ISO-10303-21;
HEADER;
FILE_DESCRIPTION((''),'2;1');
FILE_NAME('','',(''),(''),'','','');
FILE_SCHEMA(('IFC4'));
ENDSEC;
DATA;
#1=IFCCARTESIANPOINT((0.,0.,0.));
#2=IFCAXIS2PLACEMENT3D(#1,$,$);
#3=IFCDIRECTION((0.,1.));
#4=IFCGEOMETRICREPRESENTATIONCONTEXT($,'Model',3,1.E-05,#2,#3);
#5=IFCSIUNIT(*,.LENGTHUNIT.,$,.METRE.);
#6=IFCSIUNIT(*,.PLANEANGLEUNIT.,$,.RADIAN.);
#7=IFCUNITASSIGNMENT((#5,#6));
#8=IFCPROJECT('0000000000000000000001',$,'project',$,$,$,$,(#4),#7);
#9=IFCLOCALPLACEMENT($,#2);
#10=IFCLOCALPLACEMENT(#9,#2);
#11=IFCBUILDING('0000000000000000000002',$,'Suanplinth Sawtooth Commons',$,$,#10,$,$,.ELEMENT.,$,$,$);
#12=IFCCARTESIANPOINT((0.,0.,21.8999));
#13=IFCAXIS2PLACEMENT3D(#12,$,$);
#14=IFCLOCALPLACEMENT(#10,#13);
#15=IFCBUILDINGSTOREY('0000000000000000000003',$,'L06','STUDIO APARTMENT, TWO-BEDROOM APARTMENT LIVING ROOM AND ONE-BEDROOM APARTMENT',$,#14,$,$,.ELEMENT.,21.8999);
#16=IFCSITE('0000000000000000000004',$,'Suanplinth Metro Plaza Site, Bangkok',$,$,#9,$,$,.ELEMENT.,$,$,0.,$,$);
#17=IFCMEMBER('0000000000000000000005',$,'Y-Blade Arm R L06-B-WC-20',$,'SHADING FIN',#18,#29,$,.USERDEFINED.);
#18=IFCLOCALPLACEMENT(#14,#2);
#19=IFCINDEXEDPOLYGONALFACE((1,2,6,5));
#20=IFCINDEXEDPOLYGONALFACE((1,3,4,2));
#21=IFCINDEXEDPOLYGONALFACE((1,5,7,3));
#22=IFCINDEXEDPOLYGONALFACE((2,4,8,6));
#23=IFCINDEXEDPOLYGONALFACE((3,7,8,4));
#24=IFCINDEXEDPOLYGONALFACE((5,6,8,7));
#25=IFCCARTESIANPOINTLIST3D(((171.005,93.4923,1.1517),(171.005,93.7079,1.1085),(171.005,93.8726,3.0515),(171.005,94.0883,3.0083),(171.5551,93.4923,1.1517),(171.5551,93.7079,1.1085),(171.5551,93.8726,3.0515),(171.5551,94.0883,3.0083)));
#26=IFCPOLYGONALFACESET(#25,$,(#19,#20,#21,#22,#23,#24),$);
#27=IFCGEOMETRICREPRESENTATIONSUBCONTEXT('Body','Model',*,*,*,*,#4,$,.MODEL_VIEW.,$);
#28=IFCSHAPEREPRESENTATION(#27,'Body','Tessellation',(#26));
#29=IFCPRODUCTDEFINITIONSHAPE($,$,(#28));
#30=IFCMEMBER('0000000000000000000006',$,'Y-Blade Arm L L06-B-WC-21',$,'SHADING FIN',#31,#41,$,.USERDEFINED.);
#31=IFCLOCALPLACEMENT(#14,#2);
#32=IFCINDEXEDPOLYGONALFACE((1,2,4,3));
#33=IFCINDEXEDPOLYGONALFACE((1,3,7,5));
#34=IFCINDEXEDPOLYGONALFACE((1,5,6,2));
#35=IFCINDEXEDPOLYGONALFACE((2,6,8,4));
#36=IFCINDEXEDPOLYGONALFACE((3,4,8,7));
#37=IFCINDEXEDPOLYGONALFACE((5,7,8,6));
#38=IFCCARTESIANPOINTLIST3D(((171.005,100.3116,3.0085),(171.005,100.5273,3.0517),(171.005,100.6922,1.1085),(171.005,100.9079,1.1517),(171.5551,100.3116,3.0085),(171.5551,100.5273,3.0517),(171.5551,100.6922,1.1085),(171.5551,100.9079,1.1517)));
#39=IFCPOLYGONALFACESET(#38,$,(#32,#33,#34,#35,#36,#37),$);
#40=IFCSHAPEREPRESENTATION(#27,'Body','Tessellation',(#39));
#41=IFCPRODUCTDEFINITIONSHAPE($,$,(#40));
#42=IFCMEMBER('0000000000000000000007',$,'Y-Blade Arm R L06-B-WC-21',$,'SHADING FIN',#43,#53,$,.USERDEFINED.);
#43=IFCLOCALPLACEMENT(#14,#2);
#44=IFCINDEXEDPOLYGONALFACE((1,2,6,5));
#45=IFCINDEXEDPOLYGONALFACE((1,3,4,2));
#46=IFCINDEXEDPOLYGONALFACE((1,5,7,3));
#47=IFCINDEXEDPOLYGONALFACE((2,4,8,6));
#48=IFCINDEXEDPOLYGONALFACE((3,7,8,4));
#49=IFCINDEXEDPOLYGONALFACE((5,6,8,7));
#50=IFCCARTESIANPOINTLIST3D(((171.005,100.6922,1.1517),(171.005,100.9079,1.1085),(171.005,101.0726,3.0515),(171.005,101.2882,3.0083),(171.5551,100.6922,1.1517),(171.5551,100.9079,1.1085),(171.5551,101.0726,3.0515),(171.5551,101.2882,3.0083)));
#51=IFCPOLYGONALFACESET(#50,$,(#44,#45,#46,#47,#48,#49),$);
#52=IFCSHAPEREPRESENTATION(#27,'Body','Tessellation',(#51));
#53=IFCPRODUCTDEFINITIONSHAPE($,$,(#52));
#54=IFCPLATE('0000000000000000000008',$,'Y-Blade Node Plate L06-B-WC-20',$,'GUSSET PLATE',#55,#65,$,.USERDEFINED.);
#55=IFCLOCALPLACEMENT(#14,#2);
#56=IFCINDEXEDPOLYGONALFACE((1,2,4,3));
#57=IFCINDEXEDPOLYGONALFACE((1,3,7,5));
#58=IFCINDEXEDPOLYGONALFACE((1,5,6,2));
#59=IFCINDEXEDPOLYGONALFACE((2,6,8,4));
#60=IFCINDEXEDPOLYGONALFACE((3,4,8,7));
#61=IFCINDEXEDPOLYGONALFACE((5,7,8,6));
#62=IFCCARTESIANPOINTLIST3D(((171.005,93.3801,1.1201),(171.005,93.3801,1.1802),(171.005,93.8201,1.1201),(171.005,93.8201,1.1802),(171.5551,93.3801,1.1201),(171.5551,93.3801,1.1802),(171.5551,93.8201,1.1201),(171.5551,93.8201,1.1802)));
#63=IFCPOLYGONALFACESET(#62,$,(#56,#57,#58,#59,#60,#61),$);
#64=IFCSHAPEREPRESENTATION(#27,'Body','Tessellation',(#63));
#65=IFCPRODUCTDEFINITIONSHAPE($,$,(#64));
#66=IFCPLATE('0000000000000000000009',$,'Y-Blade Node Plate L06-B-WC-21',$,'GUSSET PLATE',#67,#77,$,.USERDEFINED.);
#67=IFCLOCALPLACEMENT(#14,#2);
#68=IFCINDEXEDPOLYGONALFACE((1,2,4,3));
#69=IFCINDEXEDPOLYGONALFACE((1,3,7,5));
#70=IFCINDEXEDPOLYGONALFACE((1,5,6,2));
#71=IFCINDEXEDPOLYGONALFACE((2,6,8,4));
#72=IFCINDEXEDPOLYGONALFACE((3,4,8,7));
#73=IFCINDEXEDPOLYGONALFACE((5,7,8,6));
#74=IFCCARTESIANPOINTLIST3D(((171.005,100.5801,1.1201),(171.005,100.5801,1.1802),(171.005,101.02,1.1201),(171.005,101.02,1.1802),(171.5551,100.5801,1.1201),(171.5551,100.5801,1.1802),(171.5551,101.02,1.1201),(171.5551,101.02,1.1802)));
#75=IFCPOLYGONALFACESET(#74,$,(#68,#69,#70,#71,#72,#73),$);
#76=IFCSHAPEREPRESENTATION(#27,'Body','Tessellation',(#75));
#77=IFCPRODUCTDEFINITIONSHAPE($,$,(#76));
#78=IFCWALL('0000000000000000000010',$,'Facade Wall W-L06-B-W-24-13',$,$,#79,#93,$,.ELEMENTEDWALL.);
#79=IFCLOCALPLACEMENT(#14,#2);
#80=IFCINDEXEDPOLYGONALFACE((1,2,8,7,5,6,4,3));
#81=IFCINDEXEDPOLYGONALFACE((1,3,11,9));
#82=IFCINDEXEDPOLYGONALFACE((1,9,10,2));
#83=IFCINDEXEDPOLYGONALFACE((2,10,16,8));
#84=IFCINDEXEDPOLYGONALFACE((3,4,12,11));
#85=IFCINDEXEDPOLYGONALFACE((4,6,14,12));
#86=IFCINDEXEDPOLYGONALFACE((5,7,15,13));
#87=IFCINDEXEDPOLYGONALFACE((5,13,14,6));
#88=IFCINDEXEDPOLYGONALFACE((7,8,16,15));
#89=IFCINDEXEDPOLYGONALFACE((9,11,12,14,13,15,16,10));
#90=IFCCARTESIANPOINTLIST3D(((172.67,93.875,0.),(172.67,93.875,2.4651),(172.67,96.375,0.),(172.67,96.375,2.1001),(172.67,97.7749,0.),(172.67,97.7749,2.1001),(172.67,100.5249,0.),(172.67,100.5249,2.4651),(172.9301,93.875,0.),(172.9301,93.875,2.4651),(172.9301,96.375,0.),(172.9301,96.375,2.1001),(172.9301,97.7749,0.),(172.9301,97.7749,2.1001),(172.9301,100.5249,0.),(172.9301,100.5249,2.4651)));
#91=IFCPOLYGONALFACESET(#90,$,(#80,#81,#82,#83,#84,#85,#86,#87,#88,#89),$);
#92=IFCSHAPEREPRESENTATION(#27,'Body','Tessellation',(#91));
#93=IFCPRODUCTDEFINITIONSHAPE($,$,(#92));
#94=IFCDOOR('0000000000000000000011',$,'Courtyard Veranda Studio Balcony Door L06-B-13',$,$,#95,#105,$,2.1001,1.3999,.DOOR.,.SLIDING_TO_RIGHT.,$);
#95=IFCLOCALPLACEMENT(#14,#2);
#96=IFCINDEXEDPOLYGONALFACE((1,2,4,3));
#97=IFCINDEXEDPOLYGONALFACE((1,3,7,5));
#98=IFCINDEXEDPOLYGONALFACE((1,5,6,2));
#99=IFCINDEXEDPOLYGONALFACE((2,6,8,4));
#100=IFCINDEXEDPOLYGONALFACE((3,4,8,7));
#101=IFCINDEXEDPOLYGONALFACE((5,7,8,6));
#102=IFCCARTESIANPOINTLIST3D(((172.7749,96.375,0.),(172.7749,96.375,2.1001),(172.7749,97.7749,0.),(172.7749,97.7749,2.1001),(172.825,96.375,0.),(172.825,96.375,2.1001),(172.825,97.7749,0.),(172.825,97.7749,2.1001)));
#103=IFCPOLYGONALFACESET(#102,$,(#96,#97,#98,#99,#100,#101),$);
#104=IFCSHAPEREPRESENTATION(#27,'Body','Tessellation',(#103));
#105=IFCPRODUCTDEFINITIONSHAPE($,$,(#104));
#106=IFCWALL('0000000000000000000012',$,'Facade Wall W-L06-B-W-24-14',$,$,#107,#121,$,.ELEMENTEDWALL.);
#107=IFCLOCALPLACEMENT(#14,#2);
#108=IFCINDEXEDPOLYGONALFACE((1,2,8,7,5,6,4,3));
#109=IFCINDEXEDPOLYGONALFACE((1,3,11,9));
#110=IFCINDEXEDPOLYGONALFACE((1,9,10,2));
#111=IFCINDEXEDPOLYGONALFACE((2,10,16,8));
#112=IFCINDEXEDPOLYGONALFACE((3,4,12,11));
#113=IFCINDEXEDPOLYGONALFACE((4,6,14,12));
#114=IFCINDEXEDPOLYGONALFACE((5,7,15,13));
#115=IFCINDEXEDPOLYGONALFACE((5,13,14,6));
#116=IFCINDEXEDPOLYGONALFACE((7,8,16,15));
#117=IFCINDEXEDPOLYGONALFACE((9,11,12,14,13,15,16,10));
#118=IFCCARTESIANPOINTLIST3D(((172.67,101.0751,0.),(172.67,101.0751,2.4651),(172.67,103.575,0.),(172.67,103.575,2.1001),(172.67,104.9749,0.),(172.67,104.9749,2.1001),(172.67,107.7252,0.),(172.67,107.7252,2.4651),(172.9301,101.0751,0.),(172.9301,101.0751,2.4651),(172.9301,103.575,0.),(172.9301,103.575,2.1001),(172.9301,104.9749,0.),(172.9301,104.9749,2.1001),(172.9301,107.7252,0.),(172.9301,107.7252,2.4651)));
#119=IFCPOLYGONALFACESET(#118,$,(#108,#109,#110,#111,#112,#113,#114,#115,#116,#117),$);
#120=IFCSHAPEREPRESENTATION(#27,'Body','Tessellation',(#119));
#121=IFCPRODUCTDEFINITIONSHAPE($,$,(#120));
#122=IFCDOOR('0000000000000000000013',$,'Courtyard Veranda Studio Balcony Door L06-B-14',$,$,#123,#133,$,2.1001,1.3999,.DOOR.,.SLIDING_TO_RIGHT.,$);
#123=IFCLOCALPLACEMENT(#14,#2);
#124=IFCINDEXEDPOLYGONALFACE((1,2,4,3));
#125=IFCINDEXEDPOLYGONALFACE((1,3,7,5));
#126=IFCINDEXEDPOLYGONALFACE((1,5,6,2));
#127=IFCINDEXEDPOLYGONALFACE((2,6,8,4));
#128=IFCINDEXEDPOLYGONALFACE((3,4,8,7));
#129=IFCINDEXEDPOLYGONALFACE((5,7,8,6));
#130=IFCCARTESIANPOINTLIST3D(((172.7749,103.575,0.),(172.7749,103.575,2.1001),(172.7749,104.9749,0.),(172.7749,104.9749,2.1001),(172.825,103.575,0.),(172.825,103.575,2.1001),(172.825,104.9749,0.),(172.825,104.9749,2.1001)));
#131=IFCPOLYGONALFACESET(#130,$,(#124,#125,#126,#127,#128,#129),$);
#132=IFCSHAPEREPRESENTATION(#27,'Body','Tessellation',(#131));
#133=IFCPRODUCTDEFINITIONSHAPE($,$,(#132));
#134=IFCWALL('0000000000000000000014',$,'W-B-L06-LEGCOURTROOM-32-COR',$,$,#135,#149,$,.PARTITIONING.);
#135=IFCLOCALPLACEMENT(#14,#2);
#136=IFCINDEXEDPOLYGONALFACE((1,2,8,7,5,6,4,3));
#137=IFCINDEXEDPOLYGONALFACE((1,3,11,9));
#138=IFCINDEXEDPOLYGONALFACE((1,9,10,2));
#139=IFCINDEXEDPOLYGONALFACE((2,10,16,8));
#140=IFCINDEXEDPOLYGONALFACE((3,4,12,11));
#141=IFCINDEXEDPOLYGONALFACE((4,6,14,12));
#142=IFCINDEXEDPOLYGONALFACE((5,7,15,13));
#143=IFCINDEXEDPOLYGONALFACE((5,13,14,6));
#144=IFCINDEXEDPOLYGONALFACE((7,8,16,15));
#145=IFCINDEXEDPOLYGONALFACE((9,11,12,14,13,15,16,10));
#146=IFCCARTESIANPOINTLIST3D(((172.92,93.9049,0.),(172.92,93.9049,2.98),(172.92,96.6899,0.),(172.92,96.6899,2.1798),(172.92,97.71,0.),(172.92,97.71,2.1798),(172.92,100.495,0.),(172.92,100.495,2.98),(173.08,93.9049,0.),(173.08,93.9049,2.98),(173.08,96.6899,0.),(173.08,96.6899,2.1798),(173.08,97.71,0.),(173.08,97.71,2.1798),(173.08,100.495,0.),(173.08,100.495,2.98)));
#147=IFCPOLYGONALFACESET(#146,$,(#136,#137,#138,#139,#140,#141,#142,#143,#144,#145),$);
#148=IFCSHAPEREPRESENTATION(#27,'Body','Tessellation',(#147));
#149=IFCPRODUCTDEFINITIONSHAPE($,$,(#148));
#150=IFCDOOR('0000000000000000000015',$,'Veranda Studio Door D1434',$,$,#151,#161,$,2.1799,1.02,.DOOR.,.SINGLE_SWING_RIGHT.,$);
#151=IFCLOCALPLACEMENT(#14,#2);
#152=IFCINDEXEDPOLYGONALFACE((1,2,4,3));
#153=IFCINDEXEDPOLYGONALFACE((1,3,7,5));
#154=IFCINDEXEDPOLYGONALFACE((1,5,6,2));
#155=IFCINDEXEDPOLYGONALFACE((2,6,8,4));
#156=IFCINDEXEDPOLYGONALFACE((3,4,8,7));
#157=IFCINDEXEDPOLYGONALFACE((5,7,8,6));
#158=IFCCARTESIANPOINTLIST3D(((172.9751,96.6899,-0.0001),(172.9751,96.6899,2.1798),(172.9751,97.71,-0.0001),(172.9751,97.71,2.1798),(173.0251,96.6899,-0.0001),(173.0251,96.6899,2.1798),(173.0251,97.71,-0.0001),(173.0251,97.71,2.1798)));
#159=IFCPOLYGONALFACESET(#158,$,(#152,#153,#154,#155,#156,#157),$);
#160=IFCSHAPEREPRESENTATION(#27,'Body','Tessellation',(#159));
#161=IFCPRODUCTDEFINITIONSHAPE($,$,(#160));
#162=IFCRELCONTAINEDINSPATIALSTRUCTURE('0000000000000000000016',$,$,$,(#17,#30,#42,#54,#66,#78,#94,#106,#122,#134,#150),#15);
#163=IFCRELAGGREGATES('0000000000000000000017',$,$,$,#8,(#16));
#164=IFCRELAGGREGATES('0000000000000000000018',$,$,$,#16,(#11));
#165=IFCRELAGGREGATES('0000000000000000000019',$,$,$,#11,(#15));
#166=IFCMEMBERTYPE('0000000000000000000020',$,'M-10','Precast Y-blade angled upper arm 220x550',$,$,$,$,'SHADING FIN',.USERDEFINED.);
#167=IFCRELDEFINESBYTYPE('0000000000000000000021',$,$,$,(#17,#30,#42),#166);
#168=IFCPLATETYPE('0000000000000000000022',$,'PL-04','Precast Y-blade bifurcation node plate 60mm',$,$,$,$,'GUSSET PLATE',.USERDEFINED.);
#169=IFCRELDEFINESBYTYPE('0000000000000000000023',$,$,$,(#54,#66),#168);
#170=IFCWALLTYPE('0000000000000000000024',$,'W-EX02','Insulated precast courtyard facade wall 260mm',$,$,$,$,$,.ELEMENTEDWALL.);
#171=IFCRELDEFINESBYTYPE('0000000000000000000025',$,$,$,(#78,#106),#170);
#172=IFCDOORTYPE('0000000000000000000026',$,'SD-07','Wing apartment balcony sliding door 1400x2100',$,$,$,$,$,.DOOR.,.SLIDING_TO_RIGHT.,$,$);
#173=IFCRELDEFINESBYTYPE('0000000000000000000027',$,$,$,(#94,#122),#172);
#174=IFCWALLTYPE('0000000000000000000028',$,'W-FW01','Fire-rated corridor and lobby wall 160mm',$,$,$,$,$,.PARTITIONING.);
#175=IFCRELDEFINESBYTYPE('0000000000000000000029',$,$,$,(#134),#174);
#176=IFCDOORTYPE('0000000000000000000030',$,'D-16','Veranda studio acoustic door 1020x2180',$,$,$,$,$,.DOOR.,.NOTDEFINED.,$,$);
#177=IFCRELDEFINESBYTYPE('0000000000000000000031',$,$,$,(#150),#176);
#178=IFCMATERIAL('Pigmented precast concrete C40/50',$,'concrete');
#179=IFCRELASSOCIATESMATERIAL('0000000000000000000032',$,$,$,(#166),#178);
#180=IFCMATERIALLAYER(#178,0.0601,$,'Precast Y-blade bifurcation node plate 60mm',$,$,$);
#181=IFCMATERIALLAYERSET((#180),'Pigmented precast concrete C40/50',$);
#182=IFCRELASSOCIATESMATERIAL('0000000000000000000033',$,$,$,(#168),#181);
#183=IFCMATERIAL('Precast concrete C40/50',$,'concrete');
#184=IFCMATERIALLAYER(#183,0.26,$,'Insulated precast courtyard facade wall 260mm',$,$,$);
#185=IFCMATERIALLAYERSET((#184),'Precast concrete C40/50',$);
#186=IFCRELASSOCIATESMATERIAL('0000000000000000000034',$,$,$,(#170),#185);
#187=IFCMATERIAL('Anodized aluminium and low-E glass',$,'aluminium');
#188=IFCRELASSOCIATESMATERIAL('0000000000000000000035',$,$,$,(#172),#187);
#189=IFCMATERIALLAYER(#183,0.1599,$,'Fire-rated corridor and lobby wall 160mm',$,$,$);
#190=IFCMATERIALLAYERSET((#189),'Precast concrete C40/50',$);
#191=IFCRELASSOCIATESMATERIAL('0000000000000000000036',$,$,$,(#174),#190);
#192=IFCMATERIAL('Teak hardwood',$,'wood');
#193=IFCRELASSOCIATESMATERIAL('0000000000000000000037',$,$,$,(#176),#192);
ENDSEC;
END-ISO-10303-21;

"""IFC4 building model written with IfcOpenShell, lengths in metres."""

from ifc_helpers import new_model, si_unit, direction, frame, frame_2d, origin, origin_2d, place, context, subcontext, project, spatial, rectangle, extrude, material, layer, layer_set, material_profile, profile_set, type_object, element, fill, save


model = new_model("IFC4")

# Units and contexts
model_context = context("Model", 3, precision=1e-05, world=origin(), true_north=direction((0.0, 1.0)))
body_context = subcontext(model_context, "Body", "Model", "MODEL_VIEW")
ifc_project = project(units=[si_unit("LENGTHUNIT", "METRE"), si_unit("PLANEANGLEUNIT", "RADIAN")], contexts=[model_context])

# Site, building, storey
site_placement = place(None, origin())
site = spatial("IfcSite", under=ifc_project, at=site_placement, Name="Suanplinth Metro Plaza Site, Bangkok", CompositionType="ELEMENT", RefElevation=0.0)
building_placement = place(site_placement, origin())
building = spatial("IfcBuilding", under=site, at=building_placement, Name="Suanplinth Sawtooth Commons", CompositionType="ELEMENT")
storey_placement = place(building_placement, frame((0.0, 0.0, 21.8999)))
storey = spatial("IfcBuildingStorey", under=building, at=storey_placement, Name="L06", Description="STUDIO APARTMENT, TWO-BEDROOM APARTMENT LIVING ROOM AND ONE-BEDROOM APARTMENT", CompositionType="ELEMENT", Elevation=21.8999)

# Shared definitions
ifc_material_1 = material(Name="Precast concrete C40/50", Category="concrete")

# Members
ifc_material_2 = material(Name="Pigmented precast concrete C40/50", Category="concrete")
ifc_material_profile_1 = material_profile(ifc_material_2, rectangle(XDim=0.22, YDim=0.55, at=origin_2d()), Name="PC-FIN 220x550")
ifc_profile_set_1 = profile_set([ifc_material_profile_1], Name="Pigmented precast concrete C40/50")
member_type_1 = type_object("IfcMemberType", Name="M-10", Description="Precast Y-blade angled upper arm 220x550", ElementType="SHADING FIN", PredefinedType="USERDEFINED", material=ifc_profile_set_1)
member_1_placement = place(storey_placement, frame((171.28, 93.6001, 1.1301), z_axis=(0.0, 0.19631, 0.980542), x_axis=(0.0, -0.980542, 0.19631)))
element("IfcMember", 1, at=member_1_placement, inside=storey, type_object=member_type_1, Name="Y-Blade Arm R L06-B-WC-20", ObjectType="SHADING FIN", PredefinedType="USERDEFINED", context=body_context, shape_type="SweptSolid", body=[
    extrude(rectangle(XDim=0.22, YDim=0.55, at=origin_2d()), origin(), (0.0, 0.0, 1.0), 1.9375),
])
member_2_placement = place(storey_placement, frame((171.28, 100.8, 1.1301), z_axis=(0.0, -0.196431, 0.980518), x_axis=(0.0, 0.980518, 0.196431)))
element("IfcMember", 2, at=member_2_placement, inside=storey, type_object=member_type_1, Name="Y-Blade Arm L L06-B-WC-21", ObjectType="SHADING FIN", PredefinedType="USERDEFINED", context=body_context, shape_type="SweptSolid", body=[
    extrude(rectangle(XDim=0.22, YDim=0.55, at=origin_2d()), origin(), (0.0, 0.0, 1.0), 1.9377),
])
member_3_placement = place(storey_placement, frame((171.28, 100.8, 1.1301), z_axis=(0.0, 0.19631, 0.980542), x_axis=(0.0, -0.980542, 0.19631)))
element("IfcMember", 3, at=member_3_placement, inside=storey, type_object=member_type_1, Name="Y-Blade Arm R L06-B-WC-21", ObjectType="SHADING FIN", PredefinedType="USERDEFINED", context=body_context, shape_type="SweptSolid", body=[
    extrude(rectangle(XDim=0.22, YDim=0.55, at=origin_2d()), origin(), (0.0, 0.0, 1.0), 1.9375),
])

# Plates
ifc_layer_1 = layer(ifc_material_2, 0.0601, Name="Precast Y-blade bifurcation node plate 60mm")
ifc_layer_set_1 = layer_set([ifc_layer_1], Name="Pigmented precast concrete C40/50")
plate_type = type_object("IfcPlateType", Name="PL-04", Description="Precast Y-blade bifurcation node plate 60mm", ElementType="GUSSET PLATE", PredefinedType="USERDEFINED", material=ifc_layer_set_1)
for number, where, z_axis, x_axis, name in (
    (4, (171.28, 93.6001, 1.1201), (0.0, 0.0, 1.0), (0.0, 1.0, 0.0), "Y-Blade Node Plate L06-B-WC-20"),
    (5, (171.28, 100.8, 1.1201), (0.0, 0.0, 1.0), (0.0, 1.0, 0.0), "Y-Blade Node Plate L06-B-WC-21"),
):
    element("IfcPlate", number, at=place(storey_placement, frame(where, z_axis=z_axis, x_axis=x_axis)), inside=storey, type_object=plate_type, Name=name, ObjectType="GUSSET PLATE", PredefinedType="USERDEFINED", context=body_context, shape_type="SweptSolid", body=[
        extrude(rectangle(XDim=0.4399, YDim=0.55, at=origin_2d()), origin(), (0.0, 0.0, 1.0), 0.0601),
    ])

# Walls, openings, doors
ifc_layer_2 = layer(ifc_material_1, 0.26, Name="Insulated precast courtyard facade wall 260mm")
ifc_layer_set_2 = layer_set([ifc_layer_2], Name="Precast concrete C40/50")
wall_type_1 = type_object("IfcWallType", Name="W-EX02", Description="Insulated precast courtyard facade wall 260mm", PredefinedType="ELEMENTEDWALL", material=ifc_layer_set_2)
wall_1_placement = place(storey_placement, frame((172.8, 93.875, 0.0), z_axis=(0.0, 0.0, 1.0), x_axis=(0.0, 1.0, 0.0)))
wall_1 = element("IfcWall", 6, at=wall_1_placement, inside=storey, type_object=wall_type_1, Name="Facade Wall W-L06-B-W-24-13", PredefinedType="ELEMENTEDWALL", context=body_context, shape_type="SweptSolid", body=[
    extrude(rectangle(XDim=6.6499, YDim=0.26, at=frame_2d((3.325, 0.0))), origin(), (0.0, 0.0, 1.0), 2.4651),
])
opening_1_placement = place(wall_1_placement, frame((2.5, 0.0, 0.0)))
opening_1 = element("IfcOpeningElement", 7, at=opening_1_placement, cuts=wall_1, PredefinedType="OPENING", context=body_context, shape_type="SweptSolid", body=[
    extrude(rectangle(XDim=1.3999, YDim=2.1001, at=frame_2d((0.7, 1.05))), frame((0.0, 0.145, 0.0), z_axis=(0.0, -1.0, 0.0), x_axis=(1.0, 0.0, 0.0)), (0.0, 0.0, 1.0), 0.2898),
])
ifc_material_3 = material(Name="Anodized aluminium and low-E glass", Category="aluminium")
door_type_1 = type_object("IfcDoorType", Name="SD-07", Description="Wing apartment balcony sliding door 1400x2100", OperationType="SLIDING_TO_RIGHT", PredefinedType="DOOR", material=ifc_material_3)
door_1_placement = place(opening_1_placement, frame((1.3999, 0.0, 0.0), z_axis=(0.0, 0.0, 1.0), x_axis=(-1.0, 0.0, 0.0)))
door_1 = element("IfcDoor", 8, at=door_1_placement, inside=storey, type_object=door_type_1, Name="Courtyard Veranda Studio Balcony Door L06-B-13", OperationType="SLIDING_TO_RIGHT", OverallHeight=2.1001, OverallWidth=1.3999, PredefinedType="DOOR", context=body_context, shape_type="SweptSolid", body=[
    extrude(rectangle(XDim=1.3999, YDim=2.1001, at=frame_2d((0.7, 1.05))), frame((0.0, 0.0249, 0.0), z_axis=(0.0, -1.0, 0.0), x_axis=(1.0, 0.0, 0.0)), (0.0, 0.0, 1.0), 0.05),
])
fill(opening_1, door_1)
wall_2_placement = place(storey_placement, frame((172.8, 101.075, 0.0), z_axis=(0.0, 0.0, 1.0), x_axis=(0.0, 1.0, 0.0)))
wall_2 = element("IfcWall", 9, at=wall_2_placement, inside=storey, type_object=wall_type_1, Name="Facade Wall W-L06-B-W-24-14", PredefinedType="ELEMENTEDWALL", context=body_context, shape_type="SweptSolid", body=[
    extrude(rectangle(XDim=6.6501, YDim=0.26, at=frame_2d((3.3252, 0.0))), origin(), (0.0, 0.0, 1.0), 2.4651),
])
opening_2_placement = place(wall_2_placement, frame((2.5, 0.0, 0.0)))
opening_2 = element("IfcOpeningElement", 10, at=opening_2_placement, cuts=wall_2, PredefinedType="OPENING", context=body_context, shape_type="SweptSolid", body=[
    extrude(rectangle(XDim=1.3999, YDim=2.1001, at=frame_2d((0.7, 1.05))), frame((0.0, 0.145, 0.0), z_axis=(0.0, -1.0, 0.0), x_axis=(1.0, 0.0, 0.0)), (0.0, 0.0, 1.0), 0.2898),
])
door_2_placement = place(opening_2_placement, frame((1.3999, 0.0, 0.0), z_axis=(0.0, 0.0, 1.0), x_axis=(-1.0, 0.0, 0.0)))
door_2 = element("IfcDoor", 11, at=door_2_placement, inside=storey, type_object=door_type_1, Name="Courtyard Veranda Studio Balcony Door L06-B-14", OperationType="SLIDING_TO_RIGHT", OverallHeight=2.1001, OverallWidth=1.3999, PredefinedType="DOOR", context=body_context, shape_type="SweptSolid", body=[
    extrude(rectangle(XDim=1.3999, YDim=2.1001, at=frame_2d((0.7, 1.05))), frame((0.0, 0.0249, 0.0), z_axis=(0.0, -1.0, 0.0), x_axis=(1.0, 0.0, 0.0)), (0.0, 0.0, 1.0), 0.05),
])
fill(opening_2, door_2)
ifc_layer_3 = layer(ifc_material_1, 0.1599, Name="Fire-rated corridor and lobby wall 160mm")
ifc_layer_set_3 = layer_set([ifc_layer_3], Name="Precast concrete C40/50")
wall_type_2 = type_object("IfcWallType", Name="W-FW01", Description="Fire-rated corridor and lobby wall 160mm", PredefinedType="PARTITIONING", material=ifc_layer_set_3)
wall_3_placement = place(storey_placement, frame((173.0, 93.905, 0.0), z_axis=(0.0, 0.0, 1.0), x_axis=(0.0, 1.0, 0.0)))
wall_3 = element("IfcWall", 12, at=wall_3_placement, inside=storey, type_object=wall_type_2, Name="W-B-L06-LEGCOURTROOM-32-COR", PredefinedType="PARTITIONING", context=body_context, shape_type="SweptSolid", body=[
    extrude(rectangle(XDim=6.5901, YDim=0.1599, at=frame_2d((3.2949, 0.0))), origin(), (0.0, 0.0, 1.0), 2.98),
])
opening_3_placement = place(wall_3_placement, frame((2.7849, 0.0, 0.0)))
opening_3 = element("IfcOpeningElement", 13, at=opening_3_placement, cuts=wall_3, PredefinedType="OPENING", context=body_context, shape_type="SweptSolid", body=[
    extrude(rectangle(XDim=1.02, YDim=2.1799, at=frame_2d((0.51, 1.0898))), frame((0.0, 0.0947, 0.0), z_axis=(0.0, -1.0, 0.0), x_axis=(1.0, 0.0, 0.0)), (0.0, 0.0, 1.0), 0.1897),
])
ifc_material_4 = material(Name="Teak hardwood", Category="wood")
door_type_2 = type_object("IfcDoorType", Name="D-16", Description="Veranda studio acoustic door 1020x2180", OperationType="NOTDEFINED", PredefinedType="DOOR", material=ifc_material_4)
door_3_placement = place(opening_3_placement, origin())
door_3 = element("IfcDoor", 14, at=door_3_placement, inside=storey, type_object=door_type_2, Name="Veranda Studio Door D1434", OperationType="SINGLE_SWING_RIGHT", OverallHeight=2.1799, OverallWidth=1.02, PredefinedType="DOOR", context=body_context, shape_type="SweptSolid", body=[
    extrude(rectangle(XDim=1.02, YDim=2.1799, at=frame_2d((0.51, 1.0898))), frame((0.0, 0.0249, 0.0), z_axis=(0.0, -1.0, 0.0), x_axis=(1.0, 0.0, 0.0)), (0.0, 0.0, 1.0), 0.05),
])
fill(opening_3, door_3)

save(model, "model.ifc")
